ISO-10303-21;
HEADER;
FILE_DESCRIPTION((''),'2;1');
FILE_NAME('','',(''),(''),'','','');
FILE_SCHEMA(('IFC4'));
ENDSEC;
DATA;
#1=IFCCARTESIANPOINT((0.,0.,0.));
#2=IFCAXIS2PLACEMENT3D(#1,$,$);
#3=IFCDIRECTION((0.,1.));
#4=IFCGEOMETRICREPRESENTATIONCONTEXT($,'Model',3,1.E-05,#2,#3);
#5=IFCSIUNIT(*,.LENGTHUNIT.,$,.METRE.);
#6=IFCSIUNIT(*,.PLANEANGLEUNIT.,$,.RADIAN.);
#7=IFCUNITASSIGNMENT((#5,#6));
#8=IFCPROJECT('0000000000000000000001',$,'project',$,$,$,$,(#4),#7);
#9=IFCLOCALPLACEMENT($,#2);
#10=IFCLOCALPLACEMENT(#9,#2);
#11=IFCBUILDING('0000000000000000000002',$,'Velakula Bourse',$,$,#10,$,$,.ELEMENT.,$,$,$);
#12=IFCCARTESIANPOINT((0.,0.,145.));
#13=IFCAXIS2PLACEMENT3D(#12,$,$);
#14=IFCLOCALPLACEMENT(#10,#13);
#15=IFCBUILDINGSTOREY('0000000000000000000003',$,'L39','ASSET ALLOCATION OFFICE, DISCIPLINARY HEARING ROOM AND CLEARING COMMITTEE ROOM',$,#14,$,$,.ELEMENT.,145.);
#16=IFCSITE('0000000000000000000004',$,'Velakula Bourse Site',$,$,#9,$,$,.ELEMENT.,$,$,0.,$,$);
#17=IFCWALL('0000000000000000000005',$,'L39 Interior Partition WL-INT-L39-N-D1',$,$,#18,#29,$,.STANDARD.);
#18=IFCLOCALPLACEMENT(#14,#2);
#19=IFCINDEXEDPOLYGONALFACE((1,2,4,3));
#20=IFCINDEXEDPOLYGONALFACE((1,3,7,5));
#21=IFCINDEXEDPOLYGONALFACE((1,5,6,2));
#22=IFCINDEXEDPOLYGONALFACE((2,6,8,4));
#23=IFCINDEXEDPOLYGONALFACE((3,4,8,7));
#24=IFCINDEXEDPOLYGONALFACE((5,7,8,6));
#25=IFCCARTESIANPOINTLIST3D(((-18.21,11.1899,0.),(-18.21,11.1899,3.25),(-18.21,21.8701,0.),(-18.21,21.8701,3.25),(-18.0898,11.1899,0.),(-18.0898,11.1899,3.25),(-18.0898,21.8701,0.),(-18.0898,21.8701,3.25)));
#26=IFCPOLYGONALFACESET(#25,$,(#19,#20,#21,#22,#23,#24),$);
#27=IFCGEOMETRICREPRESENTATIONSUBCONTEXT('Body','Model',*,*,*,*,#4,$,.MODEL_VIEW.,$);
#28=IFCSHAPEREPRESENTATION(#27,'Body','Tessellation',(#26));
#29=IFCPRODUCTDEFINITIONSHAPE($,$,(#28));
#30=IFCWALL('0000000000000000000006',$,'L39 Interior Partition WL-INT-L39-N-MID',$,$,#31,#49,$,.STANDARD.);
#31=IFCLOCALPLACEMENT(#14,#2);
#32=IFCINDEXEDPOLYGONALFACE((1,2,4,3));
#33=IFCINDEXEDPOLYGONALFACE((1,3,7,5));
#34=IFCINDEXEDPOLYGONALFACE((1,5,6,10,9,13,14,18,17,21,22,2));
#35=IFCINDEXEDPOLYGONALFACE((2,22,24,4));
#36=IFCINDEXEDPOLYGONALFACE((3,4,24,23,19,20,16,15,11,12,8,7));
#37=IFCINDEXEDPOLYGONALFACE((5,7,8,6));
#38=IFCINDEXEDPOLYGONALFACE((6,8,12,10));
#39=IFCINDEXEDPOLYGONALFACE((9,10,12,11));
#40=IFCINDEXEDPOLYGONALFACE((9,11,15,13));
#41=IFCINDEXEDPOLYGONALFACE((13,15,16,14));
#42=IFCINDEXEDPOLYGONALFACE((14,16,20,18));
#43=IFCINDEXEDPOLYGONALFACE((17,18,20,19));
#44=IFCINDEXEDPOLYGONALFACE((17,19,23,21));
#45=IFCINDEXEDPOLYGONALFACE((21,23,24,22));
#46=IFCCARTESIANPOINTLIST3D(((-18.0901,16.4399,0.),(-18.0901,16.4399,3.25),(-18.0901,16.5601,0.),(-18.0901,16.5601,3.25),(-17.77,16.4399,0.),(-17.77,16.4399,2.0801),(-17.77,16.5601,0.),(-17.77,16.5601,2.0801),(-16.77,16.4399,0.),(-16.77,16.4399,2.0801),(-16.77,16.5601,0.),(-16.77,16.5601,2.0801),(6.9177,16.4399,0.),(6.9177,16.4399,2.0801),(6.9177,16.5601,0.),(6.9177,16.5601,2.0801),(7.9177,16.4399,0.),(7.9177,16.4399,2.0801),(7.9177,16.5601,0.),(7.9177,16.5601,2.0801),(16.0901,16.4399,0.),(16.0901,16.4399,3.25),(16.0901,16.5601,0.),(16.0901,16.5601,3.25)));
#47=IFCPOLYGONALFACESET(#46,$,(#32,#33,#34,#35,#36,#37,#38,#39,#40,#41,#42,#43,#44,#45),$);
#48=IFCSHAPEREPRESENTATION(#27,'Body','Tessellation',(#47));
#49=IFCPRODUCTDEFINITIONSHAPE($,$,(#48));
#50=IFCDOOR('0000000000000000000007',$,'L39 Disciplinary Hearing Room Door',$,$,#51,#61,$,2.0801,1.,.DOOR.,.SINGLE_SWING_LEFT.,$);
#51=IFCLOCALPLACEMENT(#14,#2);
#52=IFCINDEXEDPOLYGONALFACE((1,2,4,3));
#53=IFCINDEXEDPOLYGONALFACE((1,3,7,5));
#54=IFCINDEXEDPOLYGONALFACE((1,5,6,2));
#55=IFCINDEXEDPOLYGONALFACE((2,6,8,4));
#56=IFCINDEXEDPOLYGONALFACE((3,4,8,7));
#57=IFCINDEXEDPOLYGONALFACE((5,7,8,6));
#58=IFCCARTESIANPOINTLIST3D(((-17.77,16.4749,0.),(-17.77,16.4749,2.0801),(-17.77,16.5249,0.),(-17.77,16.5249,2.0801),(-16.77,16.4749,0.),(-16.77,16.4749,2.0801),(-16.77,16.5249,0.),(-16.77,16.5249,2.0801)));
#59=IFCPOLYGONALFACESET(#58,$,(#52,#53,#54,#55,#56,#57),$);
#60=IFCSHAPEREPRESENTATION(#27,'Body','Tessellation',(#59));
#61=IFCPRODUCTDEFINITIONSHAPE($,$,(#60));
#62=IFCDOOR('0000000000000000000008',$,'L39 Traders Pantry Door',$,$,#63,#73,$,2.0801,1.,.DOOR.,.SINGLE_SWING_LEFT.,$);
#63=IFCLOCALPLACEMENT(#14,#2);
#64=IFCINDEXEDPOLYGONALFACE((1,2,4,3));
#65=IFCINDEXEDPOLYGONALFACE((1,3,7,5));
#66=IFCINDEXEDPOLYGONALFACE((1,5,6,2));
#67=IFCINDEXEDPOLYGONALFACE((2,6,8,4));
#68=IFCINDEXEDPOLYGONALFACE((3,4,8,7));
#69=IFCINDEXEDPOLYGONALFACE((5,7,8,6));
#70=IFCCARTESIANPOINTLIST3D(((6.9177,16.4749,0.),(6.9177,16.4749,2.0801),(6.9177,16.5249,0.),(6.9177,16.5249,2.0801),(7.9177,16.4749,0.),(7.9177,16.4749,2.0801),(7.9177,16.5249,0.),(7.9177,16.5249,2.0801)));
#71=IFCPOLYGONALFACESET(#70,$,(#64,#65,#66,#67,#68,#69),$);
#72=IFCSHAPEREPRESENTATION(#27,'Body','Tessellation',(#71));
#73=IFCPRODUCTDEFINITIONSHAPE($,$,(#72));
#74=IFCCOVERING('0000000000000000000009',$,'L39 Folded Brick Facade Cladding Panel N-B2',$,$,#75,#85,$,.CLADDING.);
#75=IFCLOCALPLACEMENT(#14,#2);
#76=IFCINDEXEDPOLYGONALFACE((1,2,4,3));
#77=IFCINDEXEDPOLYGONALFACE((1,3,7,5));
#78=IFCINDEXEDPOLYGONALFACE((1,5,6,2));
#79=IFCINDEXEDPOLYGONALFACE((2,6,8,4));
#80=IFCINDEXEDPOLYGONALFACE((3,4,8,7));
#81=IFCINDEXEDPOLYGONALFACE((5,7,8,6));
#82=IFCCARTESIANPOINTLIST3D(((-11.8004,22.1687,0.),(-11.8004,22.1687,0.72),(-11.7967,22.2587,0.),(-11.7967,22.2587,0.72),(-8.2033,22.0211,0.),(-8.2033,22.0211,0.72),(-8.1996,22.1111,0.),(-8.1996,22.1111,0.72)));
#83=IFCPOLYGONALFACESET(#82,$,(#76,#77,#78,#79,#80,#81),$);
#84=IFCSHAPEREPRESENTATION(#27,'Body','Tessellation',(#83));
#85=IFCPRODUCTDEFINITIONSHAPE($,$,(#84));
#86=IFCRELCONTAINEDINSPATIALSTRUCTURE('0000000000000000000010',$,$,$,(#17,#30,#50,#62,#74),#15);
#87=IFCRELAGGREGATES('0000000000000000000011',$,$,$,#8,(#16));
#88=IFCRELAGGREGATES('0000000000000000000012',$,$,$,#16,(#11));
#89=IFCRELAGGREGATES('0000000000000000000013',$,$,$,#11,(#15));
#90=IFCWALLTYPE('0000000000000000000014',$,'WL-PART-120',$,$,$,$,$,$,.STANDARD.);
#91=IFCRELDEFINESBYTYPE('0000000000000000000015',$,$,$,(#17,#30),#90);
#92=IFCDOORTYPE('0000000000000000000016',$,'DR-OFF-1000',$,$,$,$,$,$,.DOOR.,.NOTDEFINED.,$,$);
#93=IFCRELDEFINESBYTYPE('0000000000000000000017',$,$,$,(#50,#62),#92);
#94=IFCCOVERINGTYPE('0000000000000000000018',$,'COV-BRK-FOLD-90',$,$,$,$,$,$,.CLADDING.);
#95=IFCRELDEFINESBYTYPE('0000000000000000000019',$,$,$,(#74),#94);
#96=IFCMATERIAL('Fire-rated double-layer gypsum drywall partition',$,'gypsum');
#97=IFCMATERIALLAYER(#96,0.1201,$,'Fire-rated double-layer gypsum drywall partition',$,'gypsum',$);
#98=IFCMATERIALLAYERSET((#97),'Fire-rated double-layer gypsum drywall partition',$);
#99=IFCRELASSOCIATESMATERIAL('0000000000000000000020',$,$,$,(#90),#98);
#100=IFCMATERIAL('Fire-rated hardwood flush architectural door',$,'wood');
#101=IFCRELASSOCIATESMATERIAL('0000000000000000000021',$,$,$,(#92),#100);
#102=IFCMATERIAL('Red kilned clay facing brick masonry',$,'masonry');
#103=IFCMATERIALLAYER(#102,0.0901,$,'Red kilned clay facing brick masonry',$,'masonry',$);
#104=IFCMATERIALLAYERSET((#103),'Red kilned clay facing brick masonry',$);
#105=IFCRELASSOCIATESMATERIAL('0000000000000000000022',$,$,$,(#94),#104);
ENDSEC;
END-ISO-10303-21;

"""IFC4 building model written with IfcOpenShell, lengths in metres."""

from ifc_helpers import new_model, si_unit, direction, frame, frame_2d, origin, origin_2d, place, context, subcontext, project, spatial, rectangle, extrude, material, layer, layer_set, type_object, element, fill, save


model = new_model("IFC4")

# Units and contexts
model_context = context("Model", 3, precision=1e-05, world=origin(), true_north=direction((0.0, 1.0)))
body_context = subcontext(model_context, "Body", "Model", "MODEL_VIEW")
ifc_project = project(units=[si_unit("LENGTHUNIT", "METRE"), si_unit("PLANEANGLEUNIT", "RADIAN")], contexts=[model_context])

# Site, building, storey
site_placement = place(None, origin())
site = spatial("IfcSite", under=ifc_project, at=site_placement, Name="Velakula Bourse Site", CompositionType="ELEMENT", RefElevation=0.0)
building_placement = place(site_placement, origin())
building = spatial("IfcBuilding", under=site, at=building_placement, Name="Velakula Bourse", CompositionType="ELEMENT")
storey_placement = place(building_placement, frame((0.0, 0.0, 145.0)))
storey = spatial("IfcBuildingStorey", under=building, at=storey_placement, Name="L39", Description="ASSET ALLOCATION OFFICE, DISCIPLINARY HEARING ROOM AND CLEARING COMMITTEE ROOM", CompositionType="ELEMENT", Elevation=145.0)

# Shared definitions
ifc_material_1 = material(Name="Red kilned clay facing brick masonry", Category="masonry")

# Wall
ifc_material_2 = material(Name="Fire-rated double-layer gypsum drywall partition", Category="gypsum")
ifc_layer_1 = layer(ifc_material_2, 0.1201, Name="Fire-rated double-layer gypsum drywall partition", Category="gypsum")
ifc_layer_set_1 = layer_set([ifc_layer_1], Name="Fire-rated double-layer gypsum drywall partition")
wall_type_1 = type_object("IfcWallType", Name="WL-PART-120", PredefinedType="STANDARD", material=ifc_layer_set_1)
wall_1_placement = place(storey_placement, frame((-18.1499, 11.1899, 0.0), z_axis=(0.0, 0.0, 1.0), x_axis=(0.0, 1.0, 0.0)))
element("IfcWall", 1, at=wall_1_placement, inside=storey, type_object=wall_type_1, Name="L39 Interior Partition WL-INT-L39-N-D1", PredefinedType="STANDARD", context=body_context, shape_type="SweptSolid", body=[
    extrude(rectangle(XDim=10.6802, YDim=0.1201, at=frame_2d((5.3401, 0.0))), origin(), (0.0, 0.0, 1.0), 3.25),
])

# Wall, openings, doors
wall_2_placement = place(storey_placement, frame((-18.0901, 16.5, 0.0), z_axis=(0.0, 0.0, 1.0), x_axis=(1.0, 0.0, 0.0)))
wall_2 = element("IfcWall", 2, at=wall_2_placement, inside=storey, type_object=wall_type_1, Name="L39 Interior Partition WL-INT-L39-N-MID", PredefinedType="STANDARD", context=body_context, shape_type="SweptSolid", body=[
    extrude(rectangle(XDim=34.1802, YDim=0.1201, at=frame_2d((17.0901, 0.0))), origin(), (0.0, 0.0, 1.0), 3.25),
])
opening_1_placement = place(wall_2_placement, frame((0.3201, 0.0, 0.0)))
opening_1 = element("IfcOpeningElement", 3, at=opening_1_placement, cuts=wall_2, PredefinedType="OPENING", context=body_context, shape_type="SweptSolid", body=[
    extrude(rectangle(XDim=1.0, YDim=2.0801, at=frame_2d((0.5, 1.04))), frame((0.0, 0.0701, 0.0), z_axis=(0.0, -1.0, 0.0), x_axis=(1.0, 0.0, 0.0)), (0.0, 0.0, 1.0), 0.1401),
])
opening_2_placement = place(wall_2_placement, frame((25.0078, 0.0, 0.0)))
opening_2 = element("IfcOpeningElement", 4, at=opening_2_placement, cuts=wall_2, PredefinedType="OPENING", context=body_context, shape_type="SweptSolid", body=[
    extrude(rectangle(XDim=1.0, YDim=2.0801, at=frame_2d((0.5, 1.04))), frame((0.0, 0.0701, 0.0), z_axis=(0.0, -1.0, 0.0), x_axis=(1.0, 0.0, 0.0)), (0.0, 0.0, 1.0), 0.1401),
])
ifc_material_3 = material(Name="Fire-rated hardwood flush architectural door", Category="wood")
door_type = type_object("IfcDoorType", Name="DR-OFF-1000", OperationType="NOTDEFINED", PredefinedType="DOOR", material=ifc_material_3)
door_1_placement = place(opening_1_placement, origin())
door_1 = element("IfcDoor", 5, at=door_1_placement, inside=storey, type_object=door_type, Name="L39 Disciplinary Hearing Room Door", OperationType="SINGLE_SWING_LEFT", OverallHeight=2.0801, OverallWidth=1.0, PredefinedType="DOOR", context=body_context, shape_type="SweptSolid", body=[
    extrude(rectangle(XDim=1.0, YDim=2.0801, at=frame_2d((0.5, 1.04))), frame((0.0, 0.0249, 0.0), z_axis=(0.0, -1.0, 0.0), x_axis=(1.0, 0.0, 0.0)), (0.0, 0.0, 1.0), 0.05),
])
fill(opening_1, door_1)
door_2_placement = place(opening_2_placement, origin())
door_2 = element("IfcDoor", 6, at=door_2_placement, inside=storey, type_object=door_type, Name="L39 Traders Pantry Door", OperationType="SINGLE_SWING_LEFT", OverallHeight=2.0801, OverallWidth=1.0, PredefinedType="DOOR", context=body_context, shape_type="SweptSolid", body=[
    extrude(rectangle(XDim=1.0, YDim=2.0801, at=frame_2d((0.5, 1.04))), frame((0.0, 0.0249, 0.0), z_axis=(0.0, -1.0, 0.0), x_axis=(1.0, 0.0, 0.0)), (0.0, 0.0, 1.0), 0.05),
])
fill(opening_2, door_2)

# Covering
ifc_layer_2 = layer(ifc_material_1, 0.0901, Name="Red kilned clay facing brick masonry", Category="masonry")
ifc_layer_set_2 = layer_set([ifc_layer_2], Name="Red kilned clay facing brick masonry")
covering_type = type_object("IfcCoveringType", Name="COV-BRK-FOLD-90", PredefinedType="CLADDING", material=ifc_layer_set_2)
covering_placement = place(storey_placement, frame((-10.0, 22.1399, 0.0), z_axis=(0.0, 0.0, 1.0), x_axis=(0.999159, -0.041004, 0.0)))
element("IfcCovering", 7, at=covering_placement, inside=storey, type_object=covering_type, Name="L39 Folded Brick Facade Cladding Panel N-B2", PredefinedType="CLADDING", context=body_context, shape_type="SweptSolid", body=[
    extrude(rectangle(XDim=3.6001, YDim=0.0901, at=origin_2d()), origin(), (0.0, 0.0, 1.0), 0.72),
])

save(model, "model.ifc")
